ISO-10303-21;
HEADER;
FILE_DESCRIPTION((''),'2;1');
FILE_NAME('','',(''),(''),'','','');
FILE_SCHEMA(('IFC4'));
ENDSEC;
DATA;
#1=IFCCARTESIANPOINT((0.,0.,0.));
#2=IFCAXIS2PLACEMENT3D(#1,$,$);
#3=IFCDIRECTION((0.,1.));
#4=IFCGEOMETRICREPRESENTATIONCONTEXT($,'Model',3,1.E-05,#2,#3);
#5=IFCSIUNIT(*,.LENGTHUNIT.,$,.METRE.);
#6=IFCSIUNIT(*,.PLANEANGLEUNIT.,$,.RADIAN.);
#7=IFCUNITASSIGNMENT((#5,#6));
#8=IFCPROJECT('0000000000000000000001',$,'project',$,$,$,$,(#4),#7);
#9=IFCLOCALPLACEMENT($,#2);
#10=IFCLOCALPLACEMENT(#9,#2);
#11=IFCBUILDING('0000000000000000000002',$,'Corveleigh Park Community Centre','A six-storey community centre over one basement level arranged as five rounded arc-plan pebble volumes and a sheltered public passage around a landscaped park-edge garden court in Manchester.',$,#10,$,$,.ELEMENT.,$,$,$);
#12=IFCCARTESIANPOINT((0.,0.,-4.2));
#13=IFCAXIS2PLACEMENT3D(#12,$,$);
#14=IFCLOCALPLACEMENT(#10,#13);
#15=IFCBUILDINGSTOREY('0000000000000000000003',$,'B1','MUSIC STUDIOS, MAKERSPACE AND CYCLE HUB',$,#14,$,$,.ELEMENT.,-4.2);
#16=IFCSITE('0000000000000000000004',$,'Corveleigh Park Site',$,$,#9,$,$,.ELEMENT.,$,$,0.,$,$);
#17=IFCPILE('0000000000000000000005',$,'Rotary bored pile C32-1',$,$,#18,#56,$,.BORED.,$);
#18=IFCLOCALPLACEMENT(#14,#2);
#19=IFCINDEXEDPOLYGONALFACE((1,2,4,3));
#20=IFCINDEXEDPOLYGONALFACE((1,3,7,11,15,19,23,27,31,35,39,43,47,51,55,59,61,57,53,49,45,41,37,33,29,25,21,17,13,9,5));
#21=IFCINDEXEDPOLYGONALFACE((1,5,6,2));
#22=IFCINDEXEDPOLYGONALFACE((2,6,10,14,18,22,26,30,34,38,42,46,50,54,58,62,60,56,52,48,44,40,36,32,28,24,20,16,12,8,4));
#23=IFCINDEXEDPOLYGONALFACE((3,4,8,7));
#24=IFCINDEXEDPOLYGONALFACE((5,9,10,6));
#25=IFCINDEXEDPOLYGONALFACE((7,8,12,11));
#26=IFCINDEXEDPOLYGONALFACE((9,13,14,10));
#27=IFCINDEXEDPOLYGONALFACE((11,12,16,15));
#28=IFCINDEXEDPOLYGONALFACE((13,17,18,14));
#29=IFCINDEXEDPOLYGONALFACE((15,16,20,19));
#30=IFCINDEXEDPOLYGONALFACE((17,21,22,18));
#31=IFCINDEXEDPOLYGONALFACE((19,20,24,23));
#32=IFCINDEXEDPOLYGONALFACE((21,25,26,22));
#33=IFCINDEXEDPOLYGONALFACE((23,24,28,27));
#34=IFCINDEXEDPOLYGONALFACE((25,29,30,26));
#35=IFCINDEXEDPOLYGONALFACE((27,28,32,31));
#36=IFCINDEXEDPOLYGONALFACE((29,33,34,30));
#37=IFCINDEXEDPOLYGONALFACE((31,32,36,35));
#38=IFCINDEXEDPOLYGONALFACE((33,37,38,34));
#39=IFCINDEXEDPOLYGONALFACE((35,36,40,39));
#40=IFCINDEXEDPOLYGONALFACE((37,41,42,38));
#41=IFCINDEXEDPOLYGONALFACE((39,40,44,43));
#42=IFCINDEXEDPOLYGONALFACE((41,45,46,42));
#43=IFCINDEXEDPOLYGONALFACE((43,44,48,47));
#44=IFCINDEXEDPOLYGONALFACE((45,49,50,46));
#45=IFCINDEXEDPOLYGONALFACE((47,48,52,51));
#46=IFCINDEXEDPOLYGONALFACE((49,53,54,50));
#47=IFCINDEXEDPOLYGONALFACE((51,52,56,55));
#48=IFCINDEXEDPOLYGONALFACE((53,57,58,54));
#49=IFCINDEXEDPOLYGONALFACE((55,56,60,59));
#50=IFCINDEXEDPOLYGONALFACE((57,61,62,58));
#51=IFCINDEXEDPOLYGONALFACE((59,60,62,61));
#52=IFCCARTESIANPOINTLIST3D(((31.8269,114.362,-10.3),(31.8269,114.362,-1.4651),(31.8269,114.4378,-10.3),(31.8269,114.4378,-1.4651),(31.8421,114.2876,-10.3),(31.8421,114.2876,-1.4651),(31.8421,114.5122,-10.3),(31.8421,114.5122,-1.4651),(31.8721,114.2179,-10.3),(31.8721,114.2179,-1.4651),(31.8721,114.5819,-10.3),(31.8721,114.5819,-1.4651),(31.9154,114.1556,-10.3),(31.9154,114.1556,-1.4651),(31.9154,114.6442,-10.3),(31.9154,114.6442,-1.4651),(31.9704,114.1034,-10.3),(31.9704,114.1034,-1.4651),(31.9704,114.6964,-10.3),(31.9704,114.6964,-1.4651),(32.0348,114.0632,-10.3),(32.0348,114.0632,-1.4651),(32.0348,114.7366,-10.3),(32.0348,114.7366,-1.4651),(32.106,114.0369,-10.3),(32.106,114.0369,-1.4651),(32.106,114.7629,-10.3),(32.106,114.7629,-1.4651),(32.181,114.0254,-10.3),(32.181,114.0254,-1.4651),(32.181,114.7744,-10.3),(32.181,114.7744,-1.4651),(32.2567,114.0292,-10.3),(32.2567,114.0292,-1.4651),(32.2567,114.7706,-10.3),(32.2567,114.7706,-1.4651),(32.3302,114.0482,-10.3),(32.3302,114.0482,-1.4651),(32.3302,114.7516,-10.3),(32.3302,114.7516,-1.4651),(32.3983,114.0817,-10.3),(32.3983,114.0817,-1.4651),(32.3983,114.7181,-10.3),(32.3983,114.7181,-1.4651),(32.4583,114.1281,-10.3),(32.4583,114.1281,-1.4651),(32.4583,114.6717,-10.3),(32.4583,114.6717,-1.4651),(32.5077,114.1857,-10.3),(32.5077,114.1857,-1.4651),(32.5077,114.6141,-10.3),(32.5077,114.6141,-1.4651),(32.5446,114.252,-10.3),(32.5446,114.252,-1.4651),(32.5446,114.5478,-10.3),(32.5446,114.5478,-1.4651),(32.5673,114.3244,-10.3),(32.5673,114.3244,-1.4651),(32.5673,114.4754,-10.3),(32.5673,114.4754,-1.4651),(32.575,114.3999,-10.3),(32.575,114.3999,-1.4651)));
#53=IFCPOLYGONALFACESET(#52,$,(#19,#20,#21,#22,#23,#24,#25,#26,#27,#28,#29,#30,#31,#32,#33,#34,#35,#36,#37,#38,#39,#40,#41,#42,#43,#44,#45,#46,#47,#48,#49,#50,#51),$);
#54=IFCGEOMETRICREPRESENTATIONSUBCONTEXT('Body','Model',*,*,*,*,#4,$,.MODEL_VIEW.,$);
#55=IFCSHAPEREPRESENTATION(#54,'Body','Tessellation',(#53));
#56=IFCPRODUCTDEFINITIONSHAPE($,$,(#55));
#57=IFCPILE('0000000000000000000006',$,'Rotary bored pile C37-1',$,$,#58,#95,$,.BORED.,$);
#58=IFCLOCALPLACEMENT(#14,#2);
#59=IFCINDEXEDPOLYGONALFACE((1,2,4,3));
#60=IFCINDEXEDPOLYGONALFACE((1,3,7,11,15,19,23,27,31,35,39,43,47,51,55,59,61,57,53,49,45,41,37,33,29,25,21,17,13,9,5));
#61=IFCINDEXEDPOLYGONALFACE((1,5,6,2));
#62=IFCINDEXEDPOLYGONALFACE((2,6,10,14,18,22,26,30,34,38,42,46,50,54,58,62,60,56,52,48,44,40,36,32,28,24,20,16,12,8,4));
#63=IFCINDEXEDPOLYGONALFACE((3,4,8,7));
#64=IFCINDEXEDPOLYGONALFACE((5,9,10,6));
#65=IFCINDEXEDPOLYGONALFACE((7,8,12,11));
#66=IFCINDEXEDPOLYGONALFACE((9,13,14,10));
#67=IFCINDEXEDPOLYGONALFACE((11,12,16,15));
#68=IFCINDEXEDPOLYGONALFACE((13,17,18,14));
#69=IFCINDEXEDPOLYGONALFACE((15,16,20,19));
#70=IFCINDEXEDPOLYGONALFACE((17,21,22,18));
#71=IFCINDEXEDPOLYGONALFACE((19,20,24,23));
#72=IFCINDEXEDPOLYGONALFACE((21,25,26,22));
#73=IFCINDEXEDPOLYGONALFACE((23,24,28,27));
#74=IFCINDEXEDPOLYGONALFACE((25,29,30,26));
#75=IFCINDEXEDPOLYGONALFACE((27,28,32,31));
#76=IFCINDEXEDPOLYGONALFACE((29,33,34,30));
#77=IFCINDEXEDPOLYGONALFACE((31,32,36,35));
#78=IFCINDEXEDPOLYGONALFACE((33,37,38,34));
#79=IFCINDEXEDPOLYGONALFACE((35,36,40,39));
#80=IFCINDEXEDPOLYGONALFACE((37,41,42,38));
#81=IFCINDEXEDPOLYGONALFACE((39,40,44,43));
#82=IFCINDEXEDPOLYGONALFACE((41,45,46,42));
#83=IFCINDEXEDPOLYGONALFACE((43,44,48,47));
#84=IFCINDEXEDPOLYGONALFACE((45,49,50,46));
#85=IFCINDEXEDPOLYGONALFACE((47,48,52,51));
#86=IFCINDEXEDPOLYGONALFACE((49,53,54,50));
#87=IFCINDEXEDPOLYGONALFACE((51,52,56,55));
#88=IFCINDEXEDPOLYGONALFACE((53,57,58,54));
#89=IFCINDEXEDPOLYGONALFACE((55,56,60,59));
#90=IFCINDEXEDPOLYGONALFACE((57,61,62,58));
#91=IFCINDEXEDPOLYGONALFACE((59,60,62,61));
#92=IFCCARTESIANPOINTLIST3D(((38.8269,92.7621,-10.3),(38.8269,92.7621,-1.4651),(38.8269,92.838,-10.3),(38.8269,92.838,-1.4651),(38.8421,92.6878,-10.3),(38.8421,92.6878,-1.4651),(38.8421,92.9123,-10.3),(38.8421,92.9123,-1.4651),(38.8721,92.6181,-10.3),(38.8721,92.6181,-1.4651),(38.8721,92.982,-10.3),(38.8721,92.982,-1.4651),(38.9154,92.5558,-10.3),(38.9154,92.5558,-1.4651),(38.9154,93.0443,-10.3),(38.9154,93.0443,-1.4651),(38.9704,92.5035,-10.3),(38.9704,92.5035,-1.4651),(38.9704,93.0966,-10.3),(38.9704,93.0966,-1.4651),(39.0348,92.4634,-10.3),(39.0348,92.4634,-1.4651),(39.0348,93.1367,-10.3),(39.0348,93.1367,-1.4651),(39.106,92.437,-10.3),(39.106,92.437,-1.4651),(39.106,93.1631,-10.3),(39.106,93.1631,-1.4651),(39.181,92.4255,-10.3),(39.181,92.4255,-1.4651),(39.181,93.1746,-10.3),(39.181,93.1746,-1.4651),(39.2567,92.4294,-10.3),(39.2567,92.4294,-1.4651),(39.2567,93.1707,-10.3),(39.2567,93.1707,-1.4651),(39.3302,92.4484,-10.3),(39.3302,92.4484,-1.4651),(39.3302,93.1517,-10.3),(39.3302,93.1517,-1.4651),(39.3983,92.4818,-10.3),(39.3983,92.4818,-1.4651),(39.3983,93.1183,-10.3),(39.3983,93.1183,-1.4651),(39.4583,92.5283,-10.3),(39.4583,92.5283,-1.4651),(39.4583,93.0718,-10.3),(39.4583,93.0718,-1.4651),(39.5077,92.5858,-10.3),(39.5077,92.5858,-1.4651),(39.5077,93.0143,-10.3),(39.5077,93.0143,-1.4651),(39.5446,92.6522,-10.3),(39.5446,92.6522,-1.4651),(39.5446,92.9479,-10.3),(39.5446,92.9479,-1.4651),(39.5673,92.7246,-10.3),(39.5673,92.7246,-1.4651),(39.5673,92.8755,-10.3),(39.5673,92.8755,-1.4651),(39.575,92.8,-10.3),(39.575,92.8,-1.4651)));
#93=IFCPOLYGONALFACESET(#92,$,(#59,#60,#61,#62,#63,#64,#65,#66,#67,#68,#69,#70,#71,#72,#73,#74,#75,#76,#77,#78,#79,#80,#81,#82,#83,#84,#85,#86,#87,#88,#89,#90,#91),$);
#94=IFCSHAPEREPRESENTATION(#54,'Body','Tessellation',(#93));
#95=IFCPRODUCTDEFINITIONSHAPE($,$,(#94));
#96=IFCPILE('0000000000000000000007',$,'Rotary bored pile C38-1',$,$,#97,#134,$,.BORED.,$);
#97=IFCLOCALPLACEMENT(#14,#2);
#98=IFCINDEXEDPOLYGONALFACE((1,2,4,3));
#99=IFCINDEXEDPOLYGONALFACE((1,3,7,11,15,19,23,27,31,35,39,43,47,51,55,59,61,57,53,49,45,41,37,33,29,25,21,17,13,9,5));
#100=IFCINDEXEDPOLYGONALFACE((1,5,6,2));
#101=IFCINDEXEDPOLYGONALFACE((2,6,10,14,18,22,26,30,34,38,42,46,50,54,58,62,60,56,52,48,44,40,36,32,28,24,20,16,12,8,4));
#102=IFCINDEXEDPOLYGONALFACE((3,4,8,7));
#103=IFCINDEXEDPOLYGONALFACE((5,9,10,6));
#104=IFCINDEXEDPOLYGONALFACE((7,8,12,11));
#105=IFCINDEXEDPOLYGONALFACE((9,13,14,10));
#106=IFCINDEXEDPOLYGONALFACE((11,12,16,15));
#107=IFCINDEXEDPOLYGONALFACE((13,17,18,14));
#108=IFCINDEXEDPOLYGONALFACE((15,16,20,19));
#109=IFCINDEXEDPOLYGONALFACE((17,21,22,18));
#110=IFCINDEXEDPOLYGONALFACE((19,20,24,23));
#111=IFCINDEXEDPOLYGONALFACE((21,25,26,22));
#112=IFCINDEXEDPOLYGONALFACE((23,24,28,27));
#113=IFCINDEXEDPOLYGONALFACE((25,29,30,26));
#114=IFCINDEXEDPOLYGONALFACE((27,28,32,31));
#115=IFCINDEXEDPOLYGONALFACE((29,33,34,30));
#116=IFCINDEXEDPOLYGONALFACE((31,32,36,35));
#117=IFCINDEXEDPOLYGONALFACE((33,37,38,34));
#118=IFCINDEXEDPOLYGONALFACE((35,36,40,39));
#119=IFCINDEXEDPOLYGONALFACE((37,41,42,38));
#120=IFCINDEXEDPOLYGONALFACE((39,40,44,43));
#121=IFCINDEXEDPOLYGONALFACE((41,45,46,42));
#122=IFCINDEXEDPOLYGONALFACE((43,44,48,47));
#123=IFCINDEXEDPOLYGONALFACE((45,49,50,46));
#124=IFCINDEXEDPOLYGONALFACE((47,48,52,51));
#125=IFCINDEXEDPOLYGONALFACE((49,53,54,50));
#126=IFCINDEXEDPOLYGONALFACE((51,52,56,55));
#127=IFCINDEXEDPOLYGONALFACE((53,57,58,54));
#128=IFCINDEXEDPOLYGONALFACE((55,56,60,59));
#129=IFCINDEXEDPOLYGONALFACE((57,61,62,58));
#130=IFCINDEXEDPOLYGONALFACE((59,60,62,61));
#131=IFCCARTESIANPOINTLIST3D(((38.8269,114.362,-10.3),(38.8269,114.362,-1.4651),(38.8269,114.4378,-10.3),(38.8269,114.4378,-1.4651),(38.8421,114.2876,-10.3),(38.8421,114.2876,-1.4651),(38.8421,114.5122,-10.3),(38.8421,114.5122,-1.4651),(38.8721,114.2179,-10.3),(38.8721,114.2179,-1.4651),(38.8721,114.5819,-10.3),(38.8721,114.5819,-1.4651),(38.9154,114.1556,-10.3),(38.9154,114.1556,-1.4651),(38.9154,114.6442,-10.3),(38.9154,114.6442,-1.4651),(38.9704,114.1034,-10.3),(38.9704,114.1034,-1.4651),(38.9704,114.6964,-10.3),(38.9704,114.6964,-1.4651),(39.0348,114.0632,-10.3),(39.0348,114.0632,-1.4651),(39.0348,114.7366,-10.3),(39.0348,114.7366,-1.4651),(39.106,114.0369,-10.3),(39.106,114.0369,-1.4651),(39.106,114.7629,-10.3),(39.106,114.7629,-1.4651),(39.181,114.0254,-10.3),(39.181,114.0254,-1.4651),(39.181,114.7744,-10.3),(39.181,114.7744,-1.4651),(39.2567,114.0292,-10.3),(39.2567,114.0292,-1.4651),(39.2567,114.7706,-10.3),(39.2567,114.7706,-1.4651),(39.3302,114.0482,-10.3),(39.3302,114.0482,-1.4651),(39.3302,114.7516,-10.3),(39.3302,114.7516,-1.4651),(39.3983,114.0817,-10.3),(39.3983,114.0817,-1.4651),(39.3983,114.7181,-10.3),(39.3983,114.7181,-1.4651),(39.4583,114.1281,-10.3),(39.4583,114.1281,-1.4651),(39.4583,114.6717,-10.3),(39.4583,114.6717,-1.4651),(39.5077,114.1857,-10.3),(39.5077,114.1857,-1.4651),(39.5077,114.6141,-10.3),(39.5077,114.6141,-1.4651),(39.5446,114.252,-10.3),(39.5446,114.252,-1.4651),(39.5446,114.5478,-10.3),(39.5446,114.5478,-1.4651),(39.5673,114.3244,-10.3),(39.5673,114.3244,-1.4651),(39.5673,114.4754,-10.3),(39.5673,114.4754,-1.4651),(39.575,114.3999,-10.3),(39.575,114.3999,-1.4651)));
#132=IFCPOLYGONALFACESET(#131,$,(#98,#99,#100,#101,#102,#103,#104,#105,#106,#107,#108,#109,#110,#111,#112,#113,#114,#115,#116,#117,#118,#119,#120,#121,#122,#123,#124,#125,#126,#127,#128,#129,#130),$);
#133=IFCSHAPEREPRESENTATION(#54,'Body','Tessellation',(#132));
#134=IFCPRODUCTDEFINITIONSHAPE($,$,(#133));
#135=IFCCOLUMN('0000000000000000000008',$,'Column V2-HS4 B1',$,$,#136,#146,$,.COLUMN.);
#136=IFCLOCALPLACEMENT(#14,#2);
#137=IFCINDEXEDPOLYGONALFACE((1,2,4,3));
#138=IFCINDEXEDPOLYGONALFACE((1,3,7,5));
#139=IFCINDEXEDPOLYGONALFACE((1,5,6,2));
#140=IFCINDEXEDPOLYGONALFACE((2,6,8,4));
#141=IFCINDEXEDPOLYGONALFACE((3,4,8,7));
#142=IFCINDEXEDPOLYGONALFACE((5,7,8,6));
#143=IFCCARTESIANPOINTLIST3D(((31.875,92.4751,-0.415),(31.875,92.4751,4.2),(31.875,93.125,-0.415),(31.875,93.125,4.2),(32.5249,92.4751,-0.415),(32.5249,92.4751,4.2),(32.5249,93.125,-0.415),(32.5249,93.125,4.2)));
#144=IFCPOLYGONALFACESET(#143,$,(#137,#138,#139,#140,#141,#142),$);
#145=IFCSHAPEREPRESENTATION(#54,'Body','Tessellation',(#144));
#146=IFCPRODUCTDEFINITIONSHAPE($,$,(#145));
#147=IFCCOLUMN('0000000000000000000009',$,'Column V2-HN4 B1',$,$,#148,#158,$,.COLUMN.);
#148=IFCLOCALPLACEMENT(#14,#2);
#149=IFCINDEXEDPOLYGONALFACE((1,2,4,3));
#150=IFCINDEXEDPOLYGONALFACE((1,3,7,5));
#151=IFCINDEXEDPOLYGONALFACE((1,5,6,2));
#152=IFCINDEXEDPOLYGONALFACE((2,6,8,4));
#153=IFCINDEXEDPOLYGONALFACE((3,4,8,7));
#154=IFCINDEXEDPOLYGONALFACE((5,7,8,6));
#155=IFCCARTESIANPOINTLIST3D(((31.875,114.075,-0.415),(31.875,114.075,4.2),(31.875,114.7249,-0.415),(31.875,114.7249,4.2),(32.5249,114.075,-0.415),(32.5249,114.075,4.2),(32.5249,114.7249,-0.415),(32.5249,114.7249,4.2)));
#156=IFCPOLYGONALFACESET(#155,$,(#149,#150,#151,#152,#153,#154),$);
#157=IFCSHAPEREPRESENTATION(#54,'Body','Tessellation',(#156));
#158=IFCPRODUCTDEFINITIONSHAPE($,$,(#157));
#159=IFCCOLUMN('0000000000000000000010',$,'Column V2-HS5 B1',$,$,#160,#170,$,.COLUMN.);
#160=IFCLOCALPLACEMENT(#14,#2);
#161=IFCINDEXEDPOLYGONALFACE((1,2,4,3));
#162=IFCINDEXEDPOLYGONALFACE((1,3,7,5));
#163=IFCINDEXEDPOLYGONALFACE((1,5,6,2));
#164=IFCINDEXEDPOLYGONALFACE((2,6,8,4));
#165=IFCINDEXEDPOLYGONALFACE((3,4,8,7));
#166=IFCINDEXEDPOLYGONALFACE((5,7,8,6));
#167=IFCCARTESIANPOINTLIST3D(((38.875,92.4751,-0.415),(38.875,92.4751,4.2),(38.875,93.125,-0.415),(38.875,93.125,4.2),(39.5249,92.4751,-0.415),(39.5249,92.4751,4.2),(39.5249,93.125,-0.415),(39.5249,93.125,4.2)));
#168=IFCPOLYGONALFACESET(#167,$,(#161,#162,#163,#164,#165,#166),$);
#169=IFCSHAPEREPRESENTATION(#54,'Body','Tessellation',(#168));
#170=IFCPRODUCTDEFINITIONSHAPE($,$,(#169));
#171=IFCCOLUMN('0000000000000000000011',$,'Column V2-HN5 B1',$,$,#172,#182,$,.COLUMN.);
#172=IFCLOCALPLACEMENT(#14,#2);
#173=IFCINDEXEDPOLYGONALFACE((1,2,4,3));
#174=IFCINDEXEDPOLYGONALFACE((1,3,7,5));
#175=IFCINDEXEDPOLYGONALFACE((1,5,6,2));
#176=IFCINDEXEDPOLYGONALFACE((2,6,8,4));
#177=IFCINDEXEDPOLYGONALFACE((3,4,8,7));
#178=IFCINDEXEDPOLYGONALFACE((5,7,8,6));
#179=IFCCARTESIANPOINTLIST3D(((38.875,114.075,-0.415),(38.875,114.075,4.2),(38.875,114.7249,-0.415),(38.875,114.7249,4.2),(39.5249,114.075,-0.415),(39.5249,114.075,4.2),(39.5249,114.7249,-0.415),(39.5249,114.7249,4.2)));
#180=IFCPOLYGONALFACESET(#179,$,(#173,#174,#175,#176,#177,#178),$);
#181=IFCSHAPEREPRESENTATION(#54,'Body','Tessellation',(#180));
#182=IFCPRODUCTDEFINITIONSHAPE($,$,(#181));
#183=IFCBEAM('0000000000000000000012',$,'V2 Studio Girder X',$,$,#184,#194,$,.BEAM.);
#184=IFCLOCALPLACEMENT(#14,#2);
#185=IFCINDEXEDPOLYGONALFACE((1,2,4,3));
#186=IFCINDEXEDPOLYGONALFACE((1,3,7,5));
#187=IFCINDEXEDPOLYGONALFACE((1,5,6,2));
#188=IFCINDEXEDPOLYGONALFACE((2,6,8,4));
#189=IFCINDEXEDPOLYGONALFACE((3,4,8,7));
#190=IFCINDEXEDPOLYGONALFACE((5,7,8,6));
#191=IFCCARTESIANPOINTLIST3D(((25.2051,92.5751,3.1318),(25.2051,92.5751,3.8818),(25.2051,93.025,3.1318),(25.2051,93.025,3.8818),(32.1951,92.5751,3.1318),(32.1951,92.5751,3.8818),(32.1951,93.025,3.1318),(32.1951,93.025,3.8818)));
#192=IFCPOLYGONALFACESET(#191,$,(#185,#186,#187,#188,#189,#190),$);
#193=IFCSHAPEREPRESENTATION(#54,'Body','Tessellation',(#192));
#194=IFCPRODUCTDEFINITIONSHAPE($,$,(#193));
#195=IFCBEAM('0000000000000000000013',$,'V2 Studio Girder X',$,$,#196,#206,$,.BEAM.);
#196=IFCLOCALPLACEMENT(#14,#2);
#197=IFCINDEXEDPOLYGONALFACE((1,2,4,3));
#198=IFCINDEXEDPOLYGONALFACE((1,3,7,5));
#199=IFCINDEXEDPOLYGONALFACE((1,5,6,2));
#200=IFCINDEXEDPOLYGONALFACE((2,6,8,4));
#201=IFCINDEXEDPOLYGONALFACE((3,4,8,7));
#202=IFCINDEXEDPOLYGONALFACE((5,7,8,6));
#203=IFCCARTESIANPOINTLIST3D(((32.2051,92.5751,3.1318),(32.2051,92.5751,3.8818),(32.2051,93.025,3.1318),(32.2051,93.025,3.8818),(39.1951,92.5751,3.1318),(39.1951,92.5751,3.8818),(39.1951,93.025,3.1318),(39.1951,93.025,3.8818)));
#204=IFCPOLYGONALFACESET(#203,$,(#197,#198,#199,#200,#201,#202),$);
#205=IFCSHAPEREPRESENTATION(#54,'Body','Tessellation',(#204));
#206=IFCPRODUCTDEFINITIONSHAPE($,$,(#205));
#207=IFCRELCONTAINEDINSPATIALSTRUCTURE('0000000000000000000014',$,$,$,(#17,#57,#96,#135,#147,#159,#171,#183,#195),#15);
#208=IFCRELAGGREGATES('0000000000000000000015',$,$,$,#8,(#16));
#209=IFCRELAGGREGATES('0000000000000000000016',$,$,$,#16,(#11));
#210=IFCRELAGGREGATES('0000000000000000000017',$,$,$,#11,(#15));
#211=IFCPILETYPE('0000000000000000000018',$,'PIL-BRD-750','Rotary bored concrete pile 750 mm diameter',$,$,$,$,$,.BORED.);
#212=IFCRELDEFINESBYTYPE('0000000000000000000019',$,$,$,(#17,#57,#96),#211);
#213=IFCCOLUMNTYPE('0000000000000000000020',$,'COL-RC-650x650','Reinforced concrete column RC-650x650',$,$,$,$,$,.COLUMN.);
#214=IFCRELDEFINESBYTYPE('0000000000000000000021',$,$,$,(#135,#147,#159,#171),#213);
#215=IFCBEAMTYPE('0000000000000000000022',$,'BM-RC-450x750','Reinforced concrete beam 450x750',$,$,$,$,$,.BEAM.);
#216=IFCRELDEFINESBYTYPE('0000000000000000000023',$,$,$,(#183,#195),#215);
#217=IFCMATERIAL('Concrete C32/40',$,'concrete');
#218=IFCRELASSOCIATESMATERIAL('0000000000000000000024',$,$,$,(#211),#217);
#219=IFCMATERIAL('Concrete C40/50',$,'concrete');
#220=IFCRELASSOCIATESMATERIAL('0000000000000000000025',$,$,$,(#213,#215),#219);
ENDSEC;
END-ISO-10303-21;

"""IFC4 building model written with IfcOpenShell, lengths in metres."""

from ifc_helpers import new_model, si_unit, direction, frame, origin, origin_2d, place, context, subcontext, project, spatial, rectangle, circle, extrude, material, material_profile, profile_set, type_object, element, save


model = new_model("IFC4")

# Units and contexts
model_context = context("Model", 3, precision=1e-05, world=origin(), true_north=direction((0.0, 1.0)))
body_context = subcontext(model_context, "Body", "Model", "MODEL_VIEW")
ifc_project = project(units=[si_unit("LENGTHUNIT", "METRE"), si_unit("PLANEANGLEUNIT", "RADIAN")], contexts=[model_context])

# Site, building, storey
site_placement = place(None, origin())
site = spatial("IfcSite", under=ifc_project, at=site_placement, Name="Corveleigh Park Site", CompositionType="ELEMENT", RefElevation=0.0)
building_placement = place(site_placement, origin())
building = spatial("IfcBuilding", under=site, at=building_placement, Name="Corveleigh Park Community Centre", Description="A six-storey community centre over one basement level arranged as five rounded arc-plan pebble volumes and a sheltered public passage around a landscaped park-edge garden court in Manchester.", CompositionType="ELEMENT")
storey_placement = place(building_placement, frame((0.0, 0.0, -4.2)))
storey = spatial("IfcBuildingStorey", under=building, at=storey_placement, Name="B1", Description="MUSIC STUDIOS, MAKERSPACE AND CYCLE HUB", CompositionType="ELEMENT", Elevation=-4.2)

# Shared definitions
ifc_material_1 = material(Name="Concrete C40/50", Category="concrete")

# Piles
ifc_material_2 = material(Name="Concrete C32/40", Category="concrete")
ifc_material_profile_1 = material_profile(ifc_material_2, circle(Radius=0.375, at=origin_2d()), Name="BORED-PILE-750", Category="concrete")
ifc_profile_set_1 = profile_set([ifc_material_profile_1], Name="Concrete C32/40")
pile_type = type_object("IfcPileType", Name="PIL-BRD-750", Description="Rotary bored concrete pile 750 mm diameter", PredefinedType="BORED", material=ifc_profile_set_1)
for number, where, z_axis, x_axis, name in (
    (1, (32.2, 114.3999, -1.4651), (0.0, 0.0, -1.0), (1.0, 0.0, 0.0), "Rotary bored pile C32-1"),
    (2, (39.2, 92.8, -1.4651), (0.0, 0.0, -1.0), (1.0, 0.0, 0.0), "Rotary bored pile C37-1"),
    (3, (39.2, 114.3999, -1.4651), (0.0, 0.0, -1.0), (1.0, 0.0, 0.0), "Rotary bored pile C38-1"),
):
    element("IfcPile", number, at=place(storey_placement, frame(where, z_axis=z_axis, x_axis=x_axis)), inside=storey, type_object=pile_type, Name=name, PredefinedType="BORED", context=body_context, shape_type="SweptSolid", body=[
        extrude(circle(Radius=0.375, at=origin_2d()), origin(), (0.0, 0.0, 1.0), 8.835),
    ])

# Columns
ifc_material_profile_2 = material_profile(ifc_material_1, rectangle(XDim=0.6499, YDim=0.6499, at=origin_2d()), Name="RC-650x650", Category="concrete")
ifc_profile_set_2 = profile_set([ifc_material_profile_2], Name="Concrete C40/50")
column_type = type_object("IfcColumnType", Name="COL-RC-650x650", Description="Reinforced concrete column RC-650x650", PredefinedType="COLUMN", material=ifc_profile_set_2)
for number, where, z_axis, x_axis, name in (
    (4, (32.2, 92.8, -0.415), (0.0, 0.0, 1.0), (1.0, 0.0, 0.0), "Column V2-HS4 B1"),
    (5, (32.2, 114.3999, -0.415), (0.0, 0.0, 1.0), (1.0, 0.0, 0.0), "Column V2-HN4 B1"),
    (6, (39.2, 92.8, -0.415), (0.0, 0.0, 1.0), (1.0, 0.0, 0.0), "Column V2-HS5 B1"),
    (7, (39.2, 114.3999, -0.415), (0.0, 0.0, 1.0), (1.0, 0.0, 0.0), "Column V2-HN5 B1"),
):
    element("IfcColumn", number, at=place(storey_placement, frame(where, z_axis=z_axis, x_axis=x_axis)), inside=storey, type_object=column_type, Name=name, PredefinedType="COLUMN", context=body_context, shape_type="SweptSolid", body=[
        extrude(rectangle(XDim=0.6499, YDim=0.6499, at=origin_2d()), origin(), (0.0, 0.0, 1.0), 4.615),
    ])

# Beams
ifc_material_profile_3 = material_profile(ifc_material_1, rectangle(XDim=0.45, YDim=0.75, at=origin_2d()), Name="RC-450x750", Category="concrete")
ifc_profile_set_3 = profile_set([ifc_material_profile_3], Name="Concrete C40/50")
beam_type_1 = type_object("IfcBeamType", Name="BM-RC-450x750", Description="Reinforced concrete beam 450x750", PredefinedType="BEAM", material=ifc_profile_set_3)
for number, where, z_axis, x_axis, name in (
    (8, (25.2051, 92.8, 3.5068), (1.0, 0.0, 0.0), (0.0, 1.0, 0.0), "V2 Studio Girder X"),
    (9, (32.2051, 92.8, 3.5068), (1.0, 0.0, 0.0), (0.0, 1.0, 0.0), "V2 Studio Girder X"),
):
    element("IfcBeam", number, at=place(storey_placement, frame(where, z_axis=z_axis, x_axis=x_axis)), inside=storey, type_object=beam_type_1, Name=name, PredefinedType="BEAM", context=body_context, shape_type="SweptSolid", body=[
        extrude(rectangle(XDim=0.45, YDim=0.75, at=origin_2d()), origin(), (0.0, 0.0, 1.0), 6.99),
    ])

save(model, "model.ifc")
